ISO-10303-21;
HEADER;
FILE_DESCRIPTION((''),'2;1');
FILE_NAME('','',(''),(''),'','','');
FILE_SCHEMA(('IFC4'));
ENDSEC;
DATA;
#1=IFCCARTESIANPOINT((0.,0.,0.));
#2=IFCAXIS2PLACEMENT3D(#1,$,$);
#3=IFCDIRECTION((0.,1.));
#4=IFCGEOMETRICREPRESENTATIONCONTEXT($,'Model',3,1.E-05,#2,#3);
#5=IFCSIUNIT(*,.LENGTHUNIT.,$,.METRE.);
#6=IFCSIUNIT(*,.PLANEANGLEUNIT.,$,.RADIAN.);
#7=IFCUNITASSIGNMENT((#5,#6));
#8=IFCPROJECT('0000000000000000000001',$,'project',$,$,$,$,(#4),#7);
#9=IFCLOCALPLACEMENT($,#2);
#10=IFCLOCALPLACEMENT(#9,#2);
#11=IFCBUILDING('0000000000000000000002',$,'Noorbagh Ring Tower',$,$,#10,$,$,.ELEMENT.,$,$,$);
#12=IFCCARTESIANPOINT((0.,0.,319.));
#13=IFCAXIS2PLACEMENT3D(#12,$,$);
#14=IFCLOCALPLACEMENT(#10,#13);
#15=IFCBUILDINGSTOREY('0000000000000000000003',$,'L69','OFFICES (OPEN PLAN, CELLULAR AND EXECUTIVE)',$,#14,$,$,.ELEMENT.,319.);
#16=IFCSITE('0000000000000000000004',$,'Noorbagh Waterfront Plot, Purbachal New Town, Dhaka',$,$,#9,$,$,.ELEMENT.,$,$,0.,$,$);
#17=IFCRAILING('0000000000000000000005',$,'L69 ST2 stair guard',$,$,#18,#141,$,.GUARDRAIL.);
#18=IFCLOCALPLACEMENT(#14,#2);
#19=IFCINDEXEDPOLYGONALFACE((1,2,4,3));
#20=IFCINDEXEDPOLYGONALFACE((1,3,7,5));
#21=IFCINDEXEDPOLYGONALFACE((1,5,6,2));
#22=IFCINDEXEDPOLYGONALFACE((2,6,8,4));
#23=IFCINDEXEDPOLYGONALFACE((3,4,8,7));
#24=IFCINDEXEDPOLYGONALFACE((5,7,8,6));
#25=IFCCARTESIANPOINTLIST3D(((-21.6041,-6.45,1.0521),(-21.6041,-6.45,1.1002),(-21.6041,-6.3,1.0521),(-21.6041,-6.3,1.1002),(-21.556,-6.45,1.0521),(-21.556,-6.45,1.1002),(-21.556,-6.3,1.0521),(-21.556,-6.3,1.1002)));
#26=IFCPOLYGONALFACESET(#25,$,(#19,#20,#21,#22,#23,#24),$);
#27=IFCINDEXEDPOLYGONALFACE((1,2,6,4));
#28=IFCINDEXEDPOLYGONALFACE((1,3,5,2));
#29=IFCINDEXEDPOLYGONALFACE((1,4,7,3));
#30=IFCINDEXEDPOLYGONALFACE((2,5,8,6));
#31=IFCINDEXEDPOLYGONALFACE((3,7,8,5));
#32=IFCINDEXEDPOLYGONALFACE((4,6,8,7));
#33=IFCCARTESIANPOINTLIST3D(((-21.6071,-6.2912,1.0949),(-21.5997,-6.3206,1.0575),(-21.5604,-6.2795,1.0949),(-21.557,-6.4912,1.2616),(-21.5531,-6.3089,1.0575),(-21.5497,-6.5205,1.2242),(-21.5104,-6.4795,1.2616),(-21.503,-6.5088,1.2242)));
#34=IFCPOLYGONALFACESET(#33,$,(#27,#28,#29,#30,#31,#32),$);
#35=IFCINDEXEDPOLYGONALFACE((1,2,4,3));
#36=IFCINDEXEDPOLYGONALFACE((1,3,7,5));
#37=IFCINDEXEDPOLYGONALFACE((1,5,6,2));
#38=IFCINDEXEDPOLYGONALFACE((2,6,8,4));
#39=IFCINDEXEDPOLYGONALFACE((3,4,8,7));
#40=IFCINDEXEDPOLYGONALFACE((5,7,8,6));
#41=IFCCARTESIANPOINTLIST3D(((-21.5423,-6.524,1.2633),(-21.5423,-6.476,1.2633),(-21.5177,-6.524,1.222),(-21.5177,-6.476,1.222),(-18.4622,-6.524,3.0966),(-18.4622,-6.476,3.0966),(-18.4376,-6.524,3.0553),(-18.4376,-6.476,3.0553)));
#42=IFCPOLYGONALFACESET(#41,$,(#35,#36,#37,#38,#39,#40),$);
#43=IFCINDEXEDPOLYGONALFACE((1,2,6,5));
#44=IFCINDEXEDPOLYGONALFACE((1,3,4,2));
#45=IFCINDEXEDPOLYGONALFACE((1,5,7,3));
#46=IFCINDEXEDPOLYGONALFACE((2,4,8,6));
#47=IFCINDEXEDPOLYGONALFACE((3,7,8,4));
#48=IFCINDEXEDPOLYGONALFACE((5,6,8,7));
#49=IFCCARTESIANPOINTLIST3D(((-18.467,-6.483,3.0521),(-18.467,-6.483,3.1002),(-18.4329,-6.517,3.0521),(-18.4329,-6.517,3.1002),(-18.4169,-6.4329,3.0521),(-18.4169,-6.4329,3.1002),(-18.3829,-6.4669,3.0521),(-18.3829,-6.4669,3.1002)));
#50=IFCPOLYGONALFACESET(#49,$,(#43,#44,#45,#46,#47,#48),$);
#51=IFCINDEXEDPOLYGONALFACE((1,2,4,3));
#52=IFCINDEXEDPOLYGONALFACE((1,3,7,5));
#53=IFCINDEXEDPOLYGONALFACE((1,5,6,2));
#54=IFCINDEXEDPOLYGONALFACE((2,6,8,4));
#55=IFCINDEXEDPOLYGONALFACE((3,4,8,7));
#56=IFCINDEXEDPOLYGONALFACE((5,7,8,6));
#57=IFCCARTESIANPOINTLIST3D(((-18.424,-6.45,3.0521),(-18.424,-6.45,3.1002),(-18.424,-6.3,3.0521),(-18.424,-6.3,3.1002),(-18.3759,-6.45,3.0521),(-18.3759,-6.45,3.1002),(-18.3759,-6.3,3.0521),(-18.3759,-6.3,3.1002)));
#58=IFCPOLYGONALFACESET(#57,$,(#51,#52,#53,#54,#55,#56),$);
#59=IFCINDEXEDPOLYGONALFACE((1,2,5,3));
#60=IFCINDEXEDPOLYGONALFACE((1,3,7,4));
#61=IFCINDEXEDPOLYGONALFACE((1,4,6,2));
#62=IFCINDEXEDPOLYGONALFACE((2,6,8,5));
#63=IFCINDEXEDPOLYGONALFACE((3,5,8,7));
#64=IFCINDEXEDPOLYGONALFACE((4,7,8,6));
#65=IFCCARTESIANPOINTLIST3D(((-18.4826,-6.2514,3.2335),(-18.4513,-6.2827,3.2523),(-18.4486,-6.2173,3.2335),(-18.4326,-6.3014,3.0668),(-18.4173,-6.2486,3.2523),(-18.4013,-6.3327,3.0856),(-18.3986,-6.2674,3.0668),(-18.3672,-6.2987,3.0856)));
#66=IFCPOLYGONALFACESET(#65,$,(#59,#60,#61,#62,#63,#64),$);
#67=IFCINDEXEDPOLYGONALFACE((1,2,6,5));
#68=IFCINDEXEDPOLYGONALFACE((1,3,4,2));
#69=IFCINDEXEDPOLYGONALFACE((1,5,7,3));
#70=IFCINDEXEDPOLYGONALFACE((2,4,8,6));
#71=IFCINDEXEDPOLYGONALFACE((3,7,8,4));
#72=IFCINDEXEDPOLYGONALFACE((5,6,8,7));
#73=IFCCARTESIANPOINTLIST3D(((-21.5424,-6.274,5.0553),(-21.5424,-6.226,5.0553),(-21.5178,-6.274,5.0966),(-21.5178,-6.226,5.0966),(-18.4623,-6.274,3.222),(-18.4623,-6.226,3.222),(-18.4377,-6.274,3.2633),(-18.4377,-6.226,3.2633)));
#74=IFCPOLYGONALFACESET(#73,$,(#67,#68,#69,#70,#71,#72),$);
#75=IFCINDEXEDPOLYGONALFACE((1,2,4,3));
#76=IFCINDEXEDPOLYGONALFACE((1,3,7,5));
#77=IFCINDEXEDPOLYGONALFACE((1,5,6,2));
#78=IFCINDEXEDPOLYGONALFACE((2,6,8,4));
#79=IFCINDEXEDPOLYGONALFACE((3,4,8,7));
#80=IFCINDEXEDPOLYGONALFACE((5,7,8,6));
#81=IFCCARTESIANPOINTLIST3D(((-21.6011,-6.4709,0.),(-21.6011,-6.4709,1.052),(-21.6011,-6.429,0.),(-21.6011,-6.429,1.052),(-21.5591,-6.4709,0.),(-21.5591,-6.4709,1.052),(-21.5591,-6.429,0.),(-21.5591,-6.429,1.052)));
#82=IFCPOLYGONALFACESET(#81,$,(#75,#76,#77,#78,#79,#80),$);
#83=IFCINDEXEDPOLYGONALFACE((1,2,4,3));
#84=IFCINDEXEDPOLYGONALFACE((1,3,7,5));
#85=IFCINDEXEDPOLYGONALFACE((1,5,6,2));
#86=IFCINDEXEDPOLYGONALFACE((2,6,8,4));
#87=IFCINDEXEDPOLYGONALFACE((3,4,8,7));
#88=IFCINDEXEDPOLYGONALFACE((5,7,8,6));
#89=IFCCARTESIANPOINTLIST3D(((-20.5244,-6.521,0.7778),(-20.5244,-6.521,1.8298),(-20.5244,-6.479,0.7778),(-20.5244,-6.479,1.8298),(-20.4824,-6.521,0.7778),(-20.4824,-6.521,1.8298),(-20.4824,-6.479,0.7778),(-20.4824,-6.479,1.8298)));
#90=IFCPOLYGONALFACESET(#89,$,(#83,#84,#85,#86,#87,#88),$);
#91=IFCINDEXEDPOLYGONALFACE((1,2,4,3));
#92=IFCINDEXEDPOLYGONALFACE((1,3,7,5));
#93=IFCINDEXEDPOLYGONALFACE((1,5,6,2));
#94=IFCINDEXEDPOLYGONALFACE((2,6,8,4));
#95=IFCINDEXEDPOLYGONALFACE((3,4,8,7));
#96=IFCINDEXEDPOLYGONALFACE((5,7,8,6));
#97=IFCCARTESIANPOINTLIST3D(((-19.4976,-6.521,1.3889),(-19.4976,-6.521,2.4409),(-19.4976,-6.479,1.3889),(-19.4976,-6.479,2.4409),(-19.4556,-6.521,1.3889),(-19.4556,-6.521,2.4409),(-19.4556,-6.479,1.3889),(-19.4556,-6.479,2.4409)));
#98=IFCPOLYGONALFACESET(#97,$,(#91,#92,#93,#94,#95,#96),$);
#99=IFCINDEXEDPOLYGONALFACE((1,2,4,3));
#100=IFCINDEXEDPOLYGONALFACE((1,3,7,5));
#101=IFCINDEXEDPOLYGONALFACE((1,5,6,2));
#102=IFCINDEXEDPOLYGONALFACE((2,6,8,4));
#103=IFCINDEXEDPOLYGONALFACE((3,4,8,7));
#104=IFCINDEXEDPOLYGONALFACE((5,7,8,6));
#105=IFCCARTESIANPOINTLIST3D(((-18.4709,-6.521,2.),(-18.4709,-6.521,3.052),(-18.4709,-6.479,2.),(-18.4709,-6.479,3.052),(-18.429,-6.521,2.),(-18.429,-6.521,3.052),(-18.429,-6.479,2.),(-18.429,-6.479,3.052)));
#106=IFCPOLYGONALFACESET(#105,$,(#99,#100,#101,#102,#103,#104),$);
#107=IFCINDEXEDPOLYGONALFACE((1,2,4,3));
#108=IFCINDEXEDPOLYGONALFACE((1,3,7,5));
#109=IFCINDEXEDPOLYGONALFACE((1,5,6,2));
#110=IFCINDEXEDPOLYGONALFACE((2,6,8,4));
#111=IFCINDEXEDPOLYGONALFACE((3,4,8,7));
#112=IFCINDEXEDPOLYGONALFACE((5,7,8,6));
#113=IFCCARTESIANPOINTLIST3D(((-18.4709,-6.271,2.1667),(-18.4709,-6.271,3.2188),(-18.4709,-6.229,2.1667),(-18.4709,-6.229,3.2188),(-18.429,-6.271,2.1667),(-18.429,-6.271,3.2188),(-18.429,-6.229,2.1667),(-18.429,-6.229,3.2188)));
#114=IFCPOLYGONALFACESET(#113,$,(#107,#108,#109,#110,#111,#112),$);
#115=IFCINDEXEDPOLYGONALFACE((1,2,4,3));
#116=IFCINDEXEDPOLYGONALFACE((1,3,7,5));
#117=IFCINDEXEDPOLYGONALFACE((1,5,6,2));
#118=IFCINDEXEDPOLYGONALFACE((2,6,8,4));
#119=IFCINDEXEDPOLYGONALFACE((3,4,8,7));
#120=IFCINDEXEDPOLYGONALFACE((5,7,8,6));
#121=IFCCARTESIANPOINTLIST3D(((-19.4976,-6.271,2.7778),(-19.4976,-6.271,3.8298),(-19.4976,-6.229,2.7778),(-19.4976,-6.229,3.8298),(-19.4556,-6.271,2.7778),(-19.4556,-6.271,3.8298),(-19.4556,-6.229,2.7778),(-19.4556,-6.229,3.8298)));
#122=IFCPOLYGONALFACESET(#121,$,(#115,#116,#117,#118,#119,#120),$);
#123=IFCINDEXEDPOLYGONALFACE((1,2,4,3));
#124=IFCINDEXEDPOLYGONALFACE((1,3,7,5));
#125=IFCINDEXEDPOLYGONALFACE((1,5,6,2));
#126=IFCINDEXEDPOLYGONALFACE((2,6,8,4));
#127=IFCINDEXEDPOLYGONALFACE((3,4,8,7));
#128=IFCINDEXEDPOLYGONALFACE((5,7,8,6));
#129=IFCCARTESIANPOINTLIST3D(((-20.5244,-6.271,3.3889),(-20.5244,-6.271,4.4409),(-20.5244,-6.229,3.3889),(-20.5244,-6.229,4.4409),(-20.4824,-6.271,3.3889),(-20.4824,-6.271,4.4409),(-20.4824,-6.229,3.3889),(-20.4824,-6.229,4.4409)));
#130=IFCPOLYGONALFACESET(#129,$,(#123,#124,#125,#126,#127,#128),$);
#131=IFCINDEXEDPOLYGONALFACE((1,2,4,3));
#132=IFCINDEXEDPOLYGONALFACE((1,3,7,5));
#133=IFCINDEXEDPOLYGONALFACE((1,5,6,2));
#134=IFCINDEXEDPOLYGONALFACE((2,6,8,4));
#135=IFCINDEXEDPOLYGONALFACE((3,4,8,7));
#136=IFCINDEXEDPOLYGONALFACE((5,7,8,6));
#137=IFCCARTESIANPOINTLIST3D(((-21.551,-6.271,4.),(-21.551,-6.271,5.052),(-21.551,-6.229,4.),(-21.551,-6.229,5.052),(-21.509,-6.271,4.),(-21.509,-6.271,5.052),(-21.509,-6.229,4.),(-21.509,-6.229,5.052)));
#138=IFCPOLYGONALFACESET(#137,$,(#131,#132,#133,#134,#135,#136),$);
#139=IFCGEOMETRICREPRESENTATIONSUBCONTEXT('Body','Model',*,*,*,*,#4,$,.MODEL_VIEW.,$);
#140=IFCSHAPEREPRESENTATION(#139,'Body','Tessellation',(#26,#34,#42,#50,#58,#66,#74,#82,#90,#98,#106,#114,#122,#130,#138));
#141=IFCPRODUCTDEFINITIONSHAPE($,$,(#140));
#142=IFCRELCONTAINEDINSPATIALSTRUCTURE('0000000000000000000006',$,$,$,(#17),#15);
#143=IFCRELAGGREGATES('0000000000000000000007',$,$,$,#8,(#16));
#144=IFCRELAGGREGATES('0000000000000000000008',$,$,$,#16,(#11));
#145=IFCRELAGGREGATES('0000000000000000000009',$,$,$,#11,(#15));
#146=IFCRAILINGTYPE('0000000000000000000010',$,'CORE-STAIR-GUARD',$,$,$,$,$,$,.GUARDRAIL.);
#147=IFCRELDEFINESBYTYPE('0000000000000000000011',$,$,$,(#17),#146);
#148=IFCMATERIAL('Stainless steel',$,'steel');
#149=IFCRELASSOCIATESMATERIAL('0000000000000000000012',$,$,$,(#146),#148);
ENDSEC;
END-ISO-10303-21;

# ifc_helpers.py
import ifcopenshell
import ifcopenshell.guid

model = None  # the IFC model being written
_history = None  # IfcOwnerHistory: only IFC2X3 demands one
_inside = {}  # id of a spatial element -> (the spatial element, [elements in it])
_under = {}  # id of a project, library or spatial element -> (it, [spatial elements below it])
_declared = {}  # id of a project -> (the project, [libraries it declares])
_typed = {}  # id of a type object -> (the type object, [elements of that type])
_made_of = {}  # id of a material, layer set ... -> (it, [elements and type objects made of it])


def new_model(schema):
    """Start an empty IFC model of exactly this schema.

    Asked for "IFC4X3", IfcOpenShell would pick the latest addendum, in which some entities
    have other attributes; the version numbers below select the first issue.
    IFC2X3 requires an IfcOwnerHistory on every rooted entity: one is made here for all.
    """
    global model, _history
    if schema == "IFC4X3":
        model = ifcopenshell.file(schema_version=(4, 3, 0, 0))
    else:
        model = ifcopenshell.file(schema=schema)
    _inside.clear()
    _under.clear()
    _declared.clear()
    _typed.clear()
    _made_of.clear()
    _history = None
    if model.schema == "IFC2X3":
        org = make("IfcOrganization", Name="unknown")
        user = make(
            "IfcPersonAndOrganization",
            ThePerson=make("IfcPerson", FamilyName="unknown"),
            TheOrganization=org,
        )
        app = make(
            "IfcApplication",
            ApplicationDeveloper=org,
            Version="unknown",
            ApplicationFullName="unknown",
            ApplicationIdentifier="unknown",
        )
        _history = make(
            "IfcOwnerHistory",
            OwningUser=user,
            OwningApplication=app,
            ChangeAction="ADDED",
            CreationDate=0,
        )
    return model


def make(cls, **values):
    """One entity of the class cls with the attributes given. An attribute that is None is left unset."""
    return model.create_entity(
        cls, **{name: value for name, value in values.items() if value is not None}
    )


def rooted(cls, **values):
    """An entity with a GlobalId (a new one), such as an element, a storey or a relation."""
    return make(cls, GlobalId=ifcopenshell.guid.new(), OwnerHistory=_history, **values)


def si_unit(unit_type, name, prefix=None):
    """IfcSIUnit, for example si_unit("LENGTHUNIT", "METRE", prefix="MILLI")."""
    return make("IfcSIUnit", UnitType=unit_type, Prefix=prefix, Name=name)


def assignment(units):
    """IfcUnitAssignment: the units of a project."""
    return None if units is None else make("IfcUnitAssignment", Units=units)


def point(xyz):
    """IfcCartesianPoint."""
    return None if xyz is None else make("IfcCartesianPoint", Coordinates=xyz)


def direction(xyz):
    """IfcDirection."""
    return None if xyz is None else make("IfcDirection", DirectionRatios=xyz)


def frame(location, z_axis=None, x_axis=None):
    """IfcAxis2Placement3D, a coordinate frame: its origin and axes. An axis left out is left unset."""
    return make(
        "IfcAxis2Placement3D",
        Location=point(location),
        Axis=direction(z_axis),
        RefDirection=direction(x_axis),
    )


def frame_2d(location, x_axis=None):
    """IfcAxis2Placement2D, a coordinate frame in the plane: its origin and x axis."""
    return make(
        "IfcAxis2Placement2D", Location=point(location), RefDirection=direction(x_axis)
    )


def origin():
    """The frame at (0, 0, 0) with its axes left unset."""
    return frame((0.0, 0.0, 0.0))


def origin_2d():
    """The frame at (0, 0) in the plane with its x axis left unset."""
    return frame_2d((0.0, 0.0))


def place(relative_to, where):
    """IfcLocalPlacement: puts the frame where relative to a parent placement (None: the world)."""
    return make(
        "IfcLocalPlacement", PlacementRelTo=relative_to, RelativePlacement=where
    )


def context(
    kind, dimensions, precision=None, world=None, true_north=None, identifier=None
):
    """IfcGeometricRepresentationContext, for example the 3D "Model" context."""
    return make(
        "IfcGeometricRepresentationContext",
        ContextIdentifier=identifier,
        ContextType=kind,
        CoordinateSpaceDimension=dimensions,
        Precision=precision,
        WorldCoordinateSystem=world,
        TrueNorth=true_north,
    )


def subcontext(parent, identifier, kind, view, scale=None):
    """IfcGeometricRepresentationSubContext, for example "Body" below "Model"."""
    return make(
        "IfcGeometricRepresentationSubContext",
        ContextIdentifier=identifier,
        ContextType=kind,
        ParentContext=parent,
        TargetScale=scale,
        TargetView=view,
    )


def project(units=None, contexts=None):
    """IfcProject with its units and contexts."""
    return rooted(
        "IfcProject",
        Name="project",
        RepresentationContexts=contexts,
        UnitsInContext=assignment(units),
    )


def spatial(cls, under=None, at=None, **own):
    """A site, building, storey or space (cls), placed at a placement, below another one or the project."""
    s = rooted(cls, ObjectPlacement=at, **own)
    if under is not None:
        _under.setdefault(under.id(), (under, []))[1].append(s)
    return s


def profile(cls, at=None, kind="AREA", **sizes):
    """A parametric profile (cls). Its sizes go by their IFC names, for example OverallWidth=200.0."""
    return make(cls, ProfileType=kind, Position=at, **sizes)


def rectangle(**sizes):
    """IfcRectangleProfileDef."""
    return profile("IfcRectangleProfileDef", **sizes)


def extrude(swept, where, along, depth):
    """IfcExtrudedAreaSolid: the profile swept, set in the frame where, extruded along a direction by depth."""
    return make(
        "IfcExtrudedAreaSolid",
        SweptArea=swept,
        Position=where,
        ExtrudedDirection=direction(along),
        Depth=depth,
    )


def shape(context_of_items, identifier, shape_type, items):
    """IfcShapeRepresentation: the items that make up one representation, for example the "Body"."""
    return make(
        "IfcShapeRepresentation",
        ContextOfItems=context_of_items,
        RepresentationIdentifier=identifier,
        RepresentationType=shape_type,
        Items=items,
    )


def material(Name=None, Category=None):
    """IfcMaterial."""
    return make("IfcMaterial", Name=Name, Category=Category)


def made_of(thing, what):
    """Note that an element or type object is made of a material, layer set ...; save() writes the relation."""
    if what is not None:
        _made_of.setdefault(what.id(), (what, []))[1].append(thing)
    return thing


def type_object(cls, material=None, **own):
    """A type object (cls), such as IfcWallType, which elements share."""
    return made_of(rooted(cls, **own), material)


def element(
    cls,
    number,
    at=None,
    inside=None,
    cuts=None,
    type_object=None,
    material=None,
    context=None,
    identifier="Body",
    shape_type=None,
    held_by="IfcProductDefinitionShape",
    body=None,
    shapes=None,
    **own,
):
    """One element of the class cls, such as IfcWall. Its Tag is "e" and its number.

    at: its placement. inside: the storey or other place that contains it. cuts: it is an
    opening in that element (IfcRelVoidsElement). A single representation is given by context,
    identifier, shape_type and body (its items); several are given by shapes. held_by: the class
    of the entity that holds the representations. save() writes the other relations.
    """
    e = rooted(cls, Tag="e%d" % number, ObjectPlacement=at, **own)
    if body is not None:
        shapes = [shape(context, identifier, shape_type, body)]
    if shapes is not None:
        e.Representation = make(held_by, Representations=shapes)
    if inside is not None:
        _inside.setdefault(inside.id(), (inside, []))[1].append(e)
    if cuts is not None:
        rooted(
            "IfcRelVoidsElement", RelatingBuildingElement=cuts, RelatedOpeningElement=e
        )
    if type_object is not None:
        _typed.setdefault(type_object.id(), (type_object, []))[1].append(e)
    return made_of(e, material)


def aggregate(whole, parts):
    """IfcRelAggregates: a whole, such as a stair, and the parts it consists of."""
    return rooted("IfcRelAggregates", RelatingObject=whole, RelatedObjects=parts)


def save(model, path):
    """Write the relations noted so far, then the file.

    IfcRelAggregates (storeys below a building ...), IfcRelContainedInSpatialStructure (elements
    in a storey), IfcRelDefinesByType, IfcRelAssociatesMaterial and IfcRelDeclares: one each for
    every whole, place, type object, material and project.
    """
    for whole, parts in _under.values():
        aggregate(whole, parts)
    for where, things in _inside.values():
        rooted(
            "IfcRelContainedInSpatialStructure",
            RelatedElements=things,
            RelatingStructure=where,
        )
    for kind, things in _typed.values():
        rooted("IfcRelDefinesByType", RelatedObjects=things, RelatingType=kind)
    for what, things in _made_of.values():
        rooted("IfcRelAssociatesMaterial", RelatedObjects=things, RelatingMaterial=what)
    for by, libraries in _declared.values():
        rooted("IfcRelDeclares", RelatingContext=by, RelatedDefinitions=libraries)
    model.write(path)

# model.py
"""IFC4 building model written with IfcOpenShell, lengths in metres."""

from ifc_helpers import new_model, si_unit, direction, frame, origin, origin_2d, place, context, subcontext, project, spatial, rectangle, extrude, material, type_object, element, save


model = new_model("IFC4")

# Units and contexts
model_context = context("Model", 3, precision=1e-05, world=origin(), true_north=direction((0.0, 1.0)))
body_context = subcontext(model_context, "Body", "Model", "MODEL_VIEW")
ifc_project = project(units=[si_unit("LENGTHUNIT", "METRE"), si_unit("PLANEANGLEUNIT", "RADIAN")], contexts=[model_context])

# Site, building, storey
site_placement = place(None, origin())
site = spatial("IfcSite", under=ifc_project, at=site_placement, Name="Noorbagh Waterfront Plot, Purbachal New Town, Dhaka", CompositionType="ELEMENT", RefElevation=0.0)
building_placement = place(site_placement, origin())
building = spatial("IfcBuilding", under=site, at=building_placement, Name="Noorbagh Ring Tower", CompositionType="ELEMENT")
storey_placement = place(building_placement, frame((0.0, 0.0, 319.0)))
storey = spatial("IfcBuildingStorey", under=building, at=storey_placement, Name="L69", Description="OFFICES (OPEN PLAN, CELLULAR AND EXECUTIVE)", CompositionType="ELEMENT", Elevation=319.0)

# Railing
ifc_material_1 = material(Name="Stainless steel", Category="steel")
railing_type_1 = type_object("IfcRailingType", Name="CORE-STAIR-GUARD", PredefinedType="GUARDRAIL", material=ifc_material_1)
railing_1_placement = place(storey_placement, frame((-21.5801, -6.45, 0.0)))
element("IfcRailing", 1, at=railing_1_placement, inside=storey, type_object=railing_type_1, Name="L69 ST2 stair guard", PredefinedType="GUARDRAIL", context=body_context, shape_type="SweptSolid", body=[
    extrude(rectangle(XDim=0.0481, YDim=0.0481, at=origin_2d()), frame((0.0, 0.0, 1.0762), z_axis=(0.0, 1.0, 0.0), x_axis=(-1.0, 0.0, 0.0)), (0.0, 0.0, 1.0), 0.1499),
    extrude(rectangle(XDim=0.0481, YDim=0.0481, at=origin_2d()), frame((0.0, 0.1499, 1.0762), z_axis=(0.188776, -0.754182, 0.628946), x_axis=(0.970073, 0.242814, 0.0)), (0.0, 0.0, 1.0), 0.2651),
    extrude(rectangle(XDim=0.0481, YDim=0.0481, at=origin_2d()), frame((0.05, -0.05, 1.2427), z_axis=(0.859309, 0.0, 0.511458), x_axis=(0.0, 1.0, 0.0)), (0.0, 0.0, 1.0), 3.5845),
    extrude(rectangle(XDim=0.0481, YDim=0.0481, at=origin_2d()), frame((3.1301, -0.05, 3.0762), z_axis=(0.707107, 0.707107, 0.0), x_axis=(-0.707107, 0.707107, 0.0)), (0.0, 0.0, 1.0), 0.0708),
    extrude(rectangle(XDim=0.0481, YDim=0.0481, at=origin_2d()), frame((3.1802, 0.0, 3.0762), z_axis=(0.0, 1.0, 0.0), x_axis=(-1.0, 0.0, 0.0)), (0.0, 0.0, 1.0), 0.1499),
    extrude(rectangle(XDim=0.0481, YDim=0.0481, at=origin_2d()), frame((3.1802, 0.1499, 3.0762), z_axis=(-0.276287, 0.276287, 0.920506), x_axis=(-0.707107, -0.707107, 0.0)), (0.0, 0.0, 1.0), 0.1812),
    extrude(rectangle(XDim=0.0481, YDim=0.0481, at=origin_2d()), frame((3.1301, 0.2, 3.2427), z_axis=(-0.859309, 0.0, 0.511458), x_axis=(0.0, -1.0, 0.0)), (0.0, 0.0, 1.0), 3.5845),
    extrude(rectangle(XDim=0.042, YDim=0.042, at=origin_2d()), origin(), (0.0, 0.0, 1.0), 1.052),
    extrude(rectangle(XDim=0.042, YDim=0.042, at=origin_2d()), frame((1.0767, -0.05, 0.7778)), (0.0, 0.0, 1.0), 1.052),
    extrude(rectangle(XDim=0.042, YDim=0.042, at=origin_2d()), frame((2.1035, -0.05, 1.3889)), (0.0, 0.0, 1.0), 1.052),
    extrude(rectangle(XDim=0.042, YDim=0.042, at=origin_2d()), frame((3.1301, -0.05, 2.0)), (0.0, 0.0, 1.0), 1.052),
    extrude(rectangle(XDim=0.042, YDim=0.042, at=origin_2d()), frame((3.1301, 0.2, 2.1667)), (0.0, 0.0, 1.0), 1.052),
    extrude(rectangle(XDim=0.042, YDim=0.042, at=origin_2d()), frame((2.1035, 0.2, 2.7778)), (0.0, 0.0, 1.0), 1.052),
    extrude(rectangle(XDim=0.042, YDim=0.042, at=origin_2d()), frame((1.0767, 0.2, 3.3889)), (0.0, 0.0, 1.0), 1.052),
    extrude(rectangle(XDim=0.042, YDim=0.042, at=origin_2d()), frame((0.05, 0.2, 4.0)), (0.0, 0.0, 1.0), 1.052),
])

save(model, "model.ifc")
